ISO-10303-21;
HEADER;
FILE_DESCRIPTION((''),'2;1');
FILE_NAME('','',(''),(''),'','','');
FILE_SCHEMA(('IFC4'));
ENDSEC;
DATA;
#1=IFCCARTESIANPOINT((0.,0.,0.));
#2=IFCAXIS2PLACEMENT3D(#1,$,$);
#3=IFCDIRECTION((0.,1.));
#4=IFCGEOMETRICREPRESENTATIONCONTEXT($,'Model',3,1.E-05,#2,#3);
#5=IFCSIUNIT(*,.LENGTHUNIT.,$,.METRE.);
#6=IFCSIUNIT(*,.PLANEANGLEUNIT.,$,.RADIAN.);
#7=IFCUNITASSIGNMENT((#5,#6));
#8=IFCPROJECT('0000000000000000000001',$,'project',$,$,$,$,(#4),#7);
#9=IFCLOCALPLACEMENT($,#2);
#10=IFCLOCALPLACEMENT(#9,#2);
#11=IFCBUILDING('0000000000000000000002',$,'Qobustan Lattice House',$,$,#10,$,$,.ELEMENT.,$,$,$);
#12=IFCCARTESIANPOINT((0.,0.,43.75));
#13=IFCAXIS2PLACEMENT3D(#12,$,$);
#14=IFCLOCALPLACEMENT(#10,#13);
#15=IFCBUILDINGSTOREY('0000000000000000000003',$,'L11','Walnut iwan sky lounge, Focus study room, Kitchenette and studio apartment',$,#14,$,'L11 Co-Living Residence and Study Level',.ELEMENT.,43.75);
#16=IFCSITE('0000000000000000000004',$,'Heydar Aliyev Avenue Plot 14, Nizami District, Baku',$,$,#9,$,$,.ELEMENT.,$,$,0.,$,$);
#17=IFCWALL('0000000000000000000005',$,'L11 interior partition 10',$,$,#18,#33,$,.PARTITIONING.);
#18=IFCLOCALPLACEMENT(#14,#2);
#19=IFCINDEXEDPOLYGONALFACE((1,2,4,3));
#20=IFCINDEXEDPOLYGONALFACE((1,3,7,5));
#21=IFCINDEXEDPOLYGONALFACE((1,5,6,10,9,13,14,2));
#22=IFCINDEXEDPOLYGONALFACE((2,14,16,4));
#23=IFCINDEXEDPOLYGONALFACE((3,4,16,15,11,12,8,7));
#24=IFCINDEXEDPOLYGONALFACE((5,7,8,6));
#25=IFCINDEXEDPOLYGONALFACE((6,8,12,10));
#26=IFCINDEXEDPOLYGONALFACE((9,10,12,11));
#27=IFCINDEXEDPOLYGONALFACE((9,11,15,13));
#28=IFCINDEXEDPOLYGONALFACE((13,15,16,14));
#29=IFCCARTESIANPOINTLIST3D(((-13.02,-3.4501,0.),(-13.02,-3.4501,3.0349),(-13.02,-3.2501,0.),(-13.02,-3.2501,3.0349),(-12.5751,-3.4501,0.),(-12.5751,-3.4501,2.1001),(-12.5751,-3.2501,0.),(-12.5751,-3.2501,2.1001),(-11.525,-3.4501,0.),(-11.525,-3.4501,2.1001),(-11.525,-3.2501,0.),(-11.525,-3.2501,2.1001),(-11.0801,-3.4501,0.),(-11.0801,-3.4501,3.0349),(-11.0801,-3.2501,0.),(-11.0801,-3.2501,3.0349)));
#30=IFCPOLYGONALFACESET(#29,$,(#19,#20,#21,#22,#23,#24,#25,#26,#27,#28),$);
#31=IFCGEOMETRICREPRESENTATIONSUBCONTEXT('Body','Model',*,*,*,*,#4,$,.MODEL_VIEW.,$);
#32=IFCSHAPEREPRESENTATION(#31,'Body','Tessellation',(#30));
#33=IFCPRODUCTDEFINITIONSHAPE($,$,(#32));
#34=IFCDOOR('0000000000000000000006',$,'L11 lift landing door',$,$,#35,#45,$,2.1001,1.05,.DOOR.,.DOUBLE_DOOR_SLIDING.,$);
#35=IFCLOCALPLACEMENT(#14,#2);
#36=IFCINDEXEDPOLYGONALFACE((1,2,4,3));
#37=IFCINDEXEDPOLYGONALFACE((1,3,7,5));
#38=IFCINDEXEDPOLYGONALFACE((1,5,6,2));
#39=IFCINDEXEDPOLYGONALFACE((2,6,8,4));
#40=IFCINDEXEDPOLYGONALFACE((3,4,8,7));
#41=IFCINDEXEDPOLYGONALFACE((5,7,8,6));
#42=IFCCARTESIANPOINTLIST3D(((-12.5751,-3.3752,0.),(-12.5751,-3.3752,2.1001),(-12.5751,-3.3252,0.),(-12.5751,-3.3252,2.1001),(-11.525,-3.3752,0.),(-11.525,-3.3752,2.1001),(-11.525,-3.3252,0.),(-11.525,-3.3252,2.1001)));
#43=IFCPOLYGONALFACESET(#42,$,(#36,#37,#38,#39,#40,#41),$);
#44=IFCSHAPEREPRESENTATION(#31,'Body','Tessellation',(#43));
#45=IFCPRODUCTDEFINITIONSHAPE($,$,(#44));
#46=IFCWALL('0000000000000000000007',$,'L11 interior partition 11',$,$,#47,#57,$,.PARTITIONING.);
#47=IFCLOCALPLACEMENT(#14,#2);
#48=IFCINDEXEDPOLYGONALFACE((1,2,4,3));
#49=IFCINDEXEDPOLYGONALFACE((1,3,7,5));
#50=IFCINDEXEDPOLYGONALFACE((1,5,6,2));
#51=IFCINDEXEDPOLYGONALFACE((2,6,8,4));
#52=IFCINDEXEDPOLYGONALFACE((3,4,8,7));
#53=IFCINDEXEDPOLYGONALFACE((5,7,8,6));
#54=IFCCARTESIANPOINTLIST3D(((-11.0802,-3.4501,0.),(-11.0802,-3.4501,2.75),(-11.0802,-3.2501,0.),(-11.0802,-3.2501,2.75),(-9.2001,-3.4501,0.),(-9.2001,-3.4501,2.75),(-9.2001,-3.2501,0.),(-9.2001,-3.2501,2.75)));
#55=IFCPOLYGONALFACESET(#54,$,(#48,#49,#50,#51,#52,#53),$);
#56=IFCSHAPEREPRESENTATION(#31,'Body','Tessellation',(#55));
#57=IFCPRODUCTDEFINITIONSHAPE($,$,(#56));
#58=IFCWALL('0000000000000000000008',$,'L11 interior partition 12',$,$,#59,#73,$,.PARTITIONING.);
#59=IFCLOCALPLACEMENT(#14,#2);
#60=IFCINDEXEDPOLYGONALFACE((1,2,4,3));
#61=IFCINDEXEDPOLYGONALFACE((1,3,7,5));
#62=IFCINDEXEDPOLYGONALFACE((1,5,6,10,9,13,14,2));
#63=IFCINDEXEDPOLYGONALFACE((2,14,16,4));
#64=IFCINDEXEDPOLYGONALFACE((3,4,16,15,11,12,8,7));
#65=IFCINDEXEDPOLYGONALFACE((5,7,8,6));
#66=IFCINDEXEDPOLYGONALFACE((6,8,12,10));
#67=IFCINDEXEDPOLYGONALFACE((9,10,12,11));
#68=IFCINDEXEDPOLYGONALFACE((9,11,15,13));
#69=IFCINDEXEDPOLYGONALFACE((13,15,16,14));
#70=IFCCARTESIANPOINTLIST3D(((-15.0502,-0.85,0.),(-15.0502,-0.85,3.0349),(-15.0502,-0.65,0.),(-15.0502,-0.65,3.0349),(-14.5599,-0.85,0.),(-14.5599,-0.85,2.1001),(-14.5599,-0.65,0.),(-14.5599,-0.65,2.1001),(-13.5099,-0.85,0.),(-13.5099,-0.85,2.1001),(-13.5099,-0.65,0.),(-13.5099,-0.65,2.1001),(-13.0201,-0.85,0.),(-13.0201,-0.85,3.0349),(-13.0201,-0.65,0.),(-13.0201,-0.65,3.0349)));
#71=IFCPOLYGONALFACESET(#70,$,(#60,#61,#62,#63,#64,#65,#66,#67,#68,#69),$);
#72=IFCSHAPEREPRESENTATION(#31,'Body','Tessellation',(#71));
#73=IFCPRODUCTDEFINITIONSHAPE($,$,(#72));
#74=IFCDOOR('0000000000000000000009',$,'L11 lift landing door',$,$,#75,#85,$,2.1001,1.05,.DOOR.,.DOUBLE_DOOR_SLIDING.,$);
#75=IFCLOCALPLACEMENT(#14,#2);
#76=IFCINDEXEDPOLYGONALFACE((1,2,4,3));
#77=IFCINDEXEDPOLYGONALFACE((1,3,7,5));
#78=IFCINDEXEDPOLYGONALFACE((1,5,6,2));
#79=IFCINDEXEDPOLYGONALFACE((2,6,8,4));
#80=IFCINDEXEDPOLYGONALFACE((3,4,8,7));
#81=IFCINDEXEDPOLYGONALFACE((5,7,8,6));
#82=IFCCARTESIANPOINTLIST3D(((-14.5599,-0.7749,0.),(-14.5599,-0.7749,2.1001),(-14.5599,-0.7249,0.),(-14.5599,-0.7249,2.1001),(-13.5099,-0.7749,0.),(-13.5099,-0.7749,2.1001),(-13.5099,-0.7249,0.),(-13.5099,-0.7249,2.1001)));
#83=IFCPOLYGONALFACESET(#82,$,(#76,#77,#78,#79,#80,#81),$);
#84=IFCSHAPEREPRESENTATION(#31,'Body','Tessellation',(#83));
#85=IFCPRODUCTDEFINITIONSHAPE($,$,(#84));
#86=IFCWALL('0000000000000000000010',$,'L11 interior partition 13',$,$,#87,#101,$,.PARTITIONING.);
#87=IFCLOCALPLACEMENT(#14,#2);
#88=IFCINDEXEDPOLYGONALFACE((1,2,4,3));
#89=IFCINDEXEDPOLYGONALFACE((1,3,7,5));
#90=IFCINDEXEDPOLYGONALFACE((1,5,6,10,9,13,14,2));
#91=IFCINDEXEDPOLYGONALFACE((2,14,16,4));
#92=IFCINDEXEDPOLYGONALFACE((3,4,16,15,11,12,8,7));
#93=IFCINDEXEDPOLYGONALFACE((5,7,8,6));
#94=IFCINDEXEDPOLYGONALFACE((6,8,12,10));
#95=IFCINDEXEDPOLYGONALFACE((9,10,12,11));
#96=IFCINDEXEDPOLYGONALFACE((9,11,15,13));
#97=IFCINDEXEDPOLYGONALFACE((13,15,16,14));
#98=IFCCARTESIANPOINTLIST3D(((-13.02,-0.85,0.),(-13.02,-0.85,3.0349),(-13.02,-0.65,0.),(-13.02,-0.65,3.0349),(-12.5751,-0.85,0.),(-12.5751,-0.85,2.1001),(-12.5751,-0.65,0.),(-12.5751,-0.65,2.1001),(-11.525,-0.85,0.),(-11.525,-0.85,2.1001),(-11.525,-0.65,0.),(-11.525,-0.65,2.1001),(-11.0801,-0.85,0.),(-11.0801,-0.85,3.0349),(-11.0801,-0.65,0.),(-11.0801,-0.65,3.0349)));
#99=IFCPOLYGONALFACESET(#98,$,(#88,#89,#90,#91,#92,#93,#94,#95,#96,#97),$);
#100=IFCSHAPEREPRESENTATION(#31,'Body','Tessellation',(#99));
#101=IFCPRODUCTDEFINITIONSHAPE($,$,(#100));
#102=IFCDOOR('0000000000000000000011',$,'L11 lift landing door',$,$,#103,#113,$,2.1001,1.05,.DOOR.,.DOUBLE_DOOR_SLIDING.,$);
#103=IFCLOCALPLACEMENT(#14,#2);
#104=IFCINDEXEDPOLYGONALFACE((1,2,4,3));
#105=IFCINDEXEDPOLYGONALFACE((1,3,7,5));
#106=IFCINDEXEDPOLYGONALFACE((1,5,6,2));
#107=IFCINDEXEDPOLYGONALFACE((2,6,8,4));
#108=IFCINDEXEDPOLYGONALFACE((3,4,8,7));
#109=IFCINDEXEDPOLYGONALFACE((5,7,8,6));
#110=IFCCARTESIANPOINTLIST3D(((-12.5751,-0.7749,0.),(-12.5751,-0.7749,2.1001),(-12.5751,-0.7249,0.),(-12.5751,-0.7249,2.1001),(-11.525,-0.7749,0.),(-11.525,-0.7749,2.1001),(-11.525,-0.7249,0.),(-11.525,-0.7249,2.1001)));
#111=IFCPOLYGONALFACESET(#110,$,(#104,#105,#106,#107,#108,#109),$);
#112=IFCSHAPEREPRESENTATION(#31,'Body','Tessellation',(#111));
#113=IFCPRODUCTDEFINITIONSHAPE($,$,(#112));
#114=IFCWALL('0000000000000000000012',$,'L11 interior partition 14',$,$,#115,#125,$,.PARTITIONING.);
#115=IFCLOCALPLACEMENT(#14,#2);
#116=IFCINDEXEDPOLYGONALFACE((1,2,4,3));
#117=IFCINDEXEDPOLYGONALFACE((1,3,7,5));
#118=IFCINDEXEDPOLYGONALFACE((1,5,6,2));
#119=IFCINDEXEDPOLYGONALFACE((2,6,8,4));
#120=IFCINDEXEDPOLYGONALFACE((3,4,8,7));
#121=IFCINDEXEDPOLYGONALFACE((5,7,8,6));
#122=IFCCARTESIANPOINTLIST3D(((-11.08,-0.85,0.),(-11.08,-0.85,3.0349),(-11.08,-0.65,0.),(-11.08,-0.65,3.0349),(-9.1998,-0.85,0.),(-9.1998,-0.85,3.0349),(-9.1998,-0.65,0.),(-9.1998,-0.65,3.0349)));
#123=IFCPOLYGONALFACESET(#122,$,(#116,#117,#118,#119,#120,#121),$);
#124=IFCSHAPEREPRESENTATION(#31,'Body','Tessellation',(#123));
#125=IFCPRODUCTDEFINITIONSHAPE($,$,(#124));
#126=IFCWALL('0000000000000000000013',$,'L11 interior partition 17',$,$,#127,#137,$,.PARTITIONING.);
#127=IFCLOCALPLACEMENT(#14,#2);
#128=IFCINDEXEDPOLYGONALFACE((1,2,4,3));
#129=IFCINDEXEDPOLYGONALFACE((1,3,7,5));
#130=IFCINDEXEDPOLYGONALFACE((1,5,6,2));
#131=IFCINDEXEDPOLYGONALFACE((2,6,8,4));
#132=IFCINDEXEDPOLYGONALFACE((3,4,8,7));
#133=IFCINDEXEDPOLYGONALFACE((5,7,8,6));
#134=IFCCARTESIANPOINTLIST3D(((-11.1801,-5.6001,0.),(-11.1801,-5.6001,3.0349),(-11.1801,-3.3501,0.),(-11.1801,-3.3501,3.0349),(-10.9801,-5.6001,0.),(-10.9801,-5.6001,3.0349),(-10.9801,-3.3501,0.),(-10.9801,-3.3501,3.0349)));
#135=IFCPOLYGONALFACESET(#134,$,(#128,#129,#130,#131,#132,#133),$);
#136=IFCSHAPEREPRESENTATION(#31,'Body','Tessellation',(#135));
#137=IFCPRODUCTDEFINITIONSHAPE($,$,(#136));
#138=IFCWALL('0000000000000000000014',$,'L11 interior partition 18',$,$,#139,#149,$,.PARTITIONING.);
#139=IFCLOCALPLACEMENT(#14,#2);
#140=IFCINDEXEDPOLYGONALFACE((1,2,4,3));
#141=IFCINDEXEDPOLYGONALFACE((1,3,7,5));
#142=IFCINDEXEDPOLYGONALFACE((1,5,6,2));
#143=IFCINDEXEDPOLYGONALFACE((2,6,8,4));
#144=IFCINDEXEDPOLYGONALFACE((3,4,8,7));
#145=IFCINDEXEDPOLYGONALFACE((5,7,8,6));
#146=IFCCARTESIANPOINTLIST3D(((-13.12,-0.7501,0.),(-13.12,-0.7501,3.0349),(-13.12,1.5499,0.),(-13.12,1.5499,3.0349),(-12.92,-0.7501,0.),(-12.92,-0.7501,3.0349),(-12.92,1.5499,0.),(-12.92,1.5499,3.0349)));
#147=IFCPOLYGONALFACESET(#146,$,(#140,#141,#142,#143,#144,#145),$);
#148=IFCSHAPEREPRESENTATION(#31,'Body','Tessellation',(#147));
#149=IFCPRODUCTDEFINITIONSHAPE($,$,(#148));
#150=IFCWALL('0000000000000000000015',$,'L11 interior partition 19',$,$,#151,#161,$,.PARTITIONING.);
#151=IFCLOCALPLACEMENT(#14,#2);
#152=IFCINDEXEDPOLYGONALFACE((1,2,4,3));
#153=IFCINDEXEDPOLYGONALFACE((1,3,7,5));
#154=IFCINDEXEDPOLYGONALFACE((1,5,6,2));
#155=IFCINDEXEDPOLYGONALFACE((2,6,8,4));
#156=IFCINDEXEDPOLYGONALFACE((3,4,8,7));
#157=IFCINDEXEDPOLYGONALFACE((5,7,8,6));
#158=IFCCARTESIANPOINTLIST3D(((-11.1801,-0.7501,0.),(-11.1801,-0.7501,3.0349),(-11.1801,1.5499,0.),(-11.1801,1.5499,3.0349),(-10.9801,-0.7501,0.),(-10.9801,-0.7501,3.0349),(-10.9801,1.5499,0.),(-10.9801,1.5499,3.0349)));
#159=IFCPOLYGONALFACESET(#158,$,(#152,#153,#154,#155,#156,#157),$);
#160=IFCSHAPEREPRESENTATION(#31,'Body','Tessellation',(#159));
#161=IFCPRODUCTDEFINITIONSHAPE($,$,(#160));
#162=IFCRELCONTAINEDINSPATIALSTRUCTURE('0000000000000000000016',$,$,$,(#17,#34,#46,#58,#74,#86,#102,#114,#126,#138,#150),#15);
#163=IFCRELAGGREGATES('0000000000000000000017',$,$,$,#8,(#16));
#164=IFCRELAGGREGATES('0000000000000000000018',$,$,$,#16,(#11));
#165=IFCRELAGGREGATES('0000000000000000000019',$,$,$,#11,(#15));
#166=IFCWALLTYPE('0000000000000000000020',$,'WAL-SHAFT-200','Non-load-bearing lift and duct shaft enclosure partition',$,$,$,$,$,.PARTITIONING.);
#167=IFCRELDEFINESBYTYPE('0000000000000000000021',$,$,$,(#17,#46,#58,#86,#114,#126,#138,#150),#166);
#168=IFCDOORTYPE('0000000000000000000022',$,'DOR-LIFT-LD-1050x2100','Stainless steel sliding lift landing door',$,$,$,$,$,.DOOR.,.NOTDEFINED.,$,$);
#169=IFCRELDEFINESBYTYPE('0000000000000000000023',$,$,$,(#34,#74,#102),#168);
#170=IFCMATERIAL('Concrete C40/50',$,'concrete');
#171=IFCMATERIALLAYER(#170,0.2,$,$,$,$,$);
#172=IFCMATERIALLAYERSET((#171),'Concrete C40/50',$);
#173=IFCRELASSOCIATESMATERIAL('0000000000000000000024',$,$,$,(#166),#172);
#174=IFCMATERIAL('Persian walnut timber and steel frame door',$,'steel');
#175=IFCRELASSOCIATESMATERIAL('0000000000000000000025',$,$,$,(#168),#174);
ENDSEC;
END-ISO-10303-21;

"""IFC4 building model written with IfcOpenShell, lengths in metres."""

from ifc_helpers import new_model, si_unit, direction, frame, frame_2d, origin, place, context, subcontext, project, spatial, rectangle, extrude, material, layer, layer_set, type_object, element, fill, save


model = new_model("IFC4")

# Units and contexts
model_context = context("Model", 3, precision=1e-05, world=origin(), true_north=direction((0.0, 1.0)))
body_context = subcontext(model_context, "Body", "Model", "MODEL_VIEW")
ifc_project = project(units=[si_unit("LENGTHUNIT", "METRE"), si_unit("PLANEANGLEUNIT", "RADIAN")], contexts=[model_context])

# Site, building, storey
site_placement = place(None, origin())
site = spatial("IfcSite", under=ifc_project, at=site_placement, Name="Heydar Aliyev Avenue Plot 14, Nizami District, Baku", CompositionType="ELEMENT", RefElevation=0.0)
building_placement = place(site_placement, origin())
building = spatial("IfcBuilding", under=site, at=building_placement, Name="Qobustan Lattice House", CompositionType="ELEMENT")
storey_placement = place(building_placement, frame((0.0, 0.0, 43.75)))
storey = spatial("IfcBuildingStorey", under=building, at=storey_placement, Name="L11", Description="Walnut iwan sky lounge, Focus study room, Kitchenette and studio apartment", LongName="L11 Co-Living Residence and Study Level", CompositionType="ELEMENT", Elevation=43.75)

# Wall, opening, door
ifc_material_1 = material(Name="Concrete C40/50", Category="concrete")
ifc_layer_1 = layer(ifc_material_1, 0.2)
ifc_layer_set_1 = layer_set([ifc_layer_1], Name="Concrete C40/50")
wall_type_1 = type_object("IfcWallType", Name="WAL-SHAFT-200", Description="Non-load-bearing lift and duct shaft enclosure partition", PredefinedType="PARTITIONING", material=ifc_layer_set_1)
ifc_material_2 = material(Name="Persian walnut timber and steel frame door", Category="steel")
door_type_1 = type_object("IfcDoorType", Name="DOR-LIFT-LD-1050x2100", Description="Stainless steel sliding lift landing door", OperationType="NOTDEFINED", PredefinedType="DOOR", material=ifc_material_2)
wall_1_placement = place(storey_placement, frame((-13.02, -3.3501, 0.0), z_axis=(0.0, 0.0, 1.0), x_axis=(1.0, 0.0, 0.0)))
wall_1 = element("IfcWall", 1, at=wall_1_placement, inside=storey, type_object=wall_type_1, Name="L11 interior partition 10", PredefinedType="PARTITIONING", context=body_context, shape_type="SweptSolid", body=[
    extrude(rectangle(XDim=1.9399, YDim=0.2, at=frame_2d((0.97, 0.0))), origin(), (0.0, 0.0, 1.0), 3.0349),
])
opening_1_placement = place(wall_1_placement, frame((0.4451, 0.0, 0.0)))
opening_1 = element("IfcOpeningElement", 2, at=opening_1_placement, cuts=wall_1, PredefinedType="OPENING", context=body_context, shape_type="SweptSolid", body=[
    extrude(rectangle(XDim=1.05, YDim=2.1001, at=frame_2d((0.5249, 1.05))), frame((0.0, 0.1099, 0.0), z_axis=(0.0, -1.0, 0.0), x_axis=(1.0, 0.0, 0.0)), (0.0, 0.0, 1.0), 0.22),
])
door_1_placement = place(opening_1_placement, origin())
door_1 = element("IfcDoor", 3, at=door_1_placement, inside=storey, type_object=door_type_1, Name="L11 lift landing door", OperationType="DOUBLE_DOOR_SLIDING", OverallHeight=2.1001, OverallWidth=1.05, PredefinedType="DOOR", context=body_context, shape_type="SweptSolid", body=[
    extrude(rectangle(XDim=1.05, YDim=2.1001, at=frame_2d((0.5249, 1.05))), frame((0.0, 0.0249, 0.0), z_axis=(0.0, -1.0, 0.0), x_axis=(1.0, 0.0, 0.0)), (0.0, 0.0, 1.0), 0.05),
])
fill(opening_1, door_1)

# Wall
wall_2_placement = place(storey_placement, frame((-11.0801, -3.3501, 0.0), z_axis=(0.0, 0.0, 1.0), x_axis=(1.0, 0.0, 0.0)))
element("IfcWall", 4, at=wall_2_placement, inside=storey, type_object=wall_type_1, Name="L11 interior partition 11", PredefinedType="PARTITIONING", context=body_context, shape_type="SweptSolid", body=[
    extrude(rectangle(XDim=1.8801, YDim=0.2, at=frame_2d((0.9399, 0.0))), origin(), (0.0, 0.0, 1.0), 2.75),
])

# Walls, openings, doors
wall_3_placement = place(storey_placement, frame((-13.02, -0.75, 0.0), z_axis=(0.0, 0.0, 1.0), x_axis=(-1.0, 0.0, 0.0)))
wall_3 = element("IfcWall", 5, at=wall_3_placement, inside=storey, type_object=wall_type_1, Name="L11 interior partition 12", PredefinedType="PARTITIONING", context=body_context, shape_type="SweptSolid", body=[
    extrude(rectangle(XDim=2.03, YDim=0.2, at=frame_2d((1.0151, 0.0))), origin(), (0.0, 0.0, 1.0), 3.0349),
])
opening_2_placement = place(wall_3_placement, frame((0.49, 0.0, 0.0)))
opening_2 = element("IfcOpeningElement", 6, at=opening_2_placement, cuts=wall_3, PredefinedType="OPENING", context=body_context, shape_type="SweptSolid", body=[
    extrude(rectangle(XDim=1.05, YDim=2.1001, at=frame_2d((0.5249, 1.05))), frame((0.0, 0.1099, 0.0), z_axis=(0.0, -1.0, 0.0), x_axis=(1.0, 0.0, 0.0)), (0.0, 0.0, 1.0), 0.22),
])
door_2_placement = place(opening_2_placement, origin())
door_2 = element("IfcDoor", 7, at=door_2_placement, inside=storey, type_object=door_type_1, Name="L11 lift landing door", OperationType="DOUBLE_DOOR_SLIDING", OverallHeight=2.1001, OverallWidth=1.05, PredefinedType="DOOR", context=body_context, shape_type="SweptSolid", body=[
    extrude(rectangle(XDim=1.05, YDim=2.1001, at=frame_2d((0.5249, 1.05))), frame((0.0, 0.0249, 0.0), z_axis=(0.0, -1.0, 0.0), x_axis=(1.0, 0.0, 0.0)), (0.0, 0.0, 1.0), 0.05),
])
fill(opening_2, door_2)
wall_4_placement = place(storey_placement, frame((-11.0801, -0.75, 0.0), z_axis=(0.0, 0.0, 1.0), x_axis=(-1.0, 0.0, 0.0)))
wall_4 = element("IfcWall", 8, at=wall_4_placement, inside=storey, type_object=wall_type_1, Name="L11 interior partition 13", PredefinedType="PARTITIONING", context=body_context, shape_type="SweptSolid", body=[
    extrude(rectangle(XDim=1.9399, YDim=0.2, at=frame_2d((0.97, 0.0))), origin(), (0.0, 0.0, 1.0), 3.0349),
])
opening_3_placement = place(wall_4_placement, frame((0.4451, 0.0, 0.0)))
opening_3 = element("IfcOpeningElement", 9, at=opening_3_placement, cuts=wall_4, PredefinedType="OPENING", context=body_context, shape_type="SweptSolid", body=[
    extrude(rectangle(XDim=1.05, YDim=2.1001, at=frame_2d((0.5249, 1.05))), frame((0.0, 0.1099, 0.0), z_axis=(0.0, -1.0, 0.0), x_axis=(1.0, 0.0, 0.0)), (0.0, 0.0, 1.0), 0.22),
])
door_3_placement = place(opening_3_placement, origin())
door_3 = element("IfcDoor", 10, at=door_3_placement, inside=storey, type_object=door_type_1, Name="L11 lift landing door", OperationType="DOUBLE_DOOR_SLIDING", OverallHeight=2.1001, OverallWidth=1.05, PredefinedType="DOOR", context=body_context, shape_type="SweptSolid", body=[
    extrude(rectangle(XDim=1.05, YDim=2.1001, at=frame_2d((0.5249, 1.05))), frame((0.0, 0.0249, 0.0), z_axis=(0.0, -1.0, 0.0), x_axis=(1.0, 0.0, 0.0)), (0.0, 0.0, 1.0), 0.05),
])
fill(opening_3, door_3)

# Walls
wall_5_placement = place(storey_placement, frame((-9.2, -0.75, 0.0), z_axis=(0.0, 0.0, 1.0), x_axis=(-1.0, 0.0, 0.0)))
element("IfcWall", 11, at=wall_5_placement, inside=storey, type_object=wall_type_1, Name="L11 interior partition 14", PredefinedType="PARTITIONING", context=body_context, shape_type="SweptSolid", body=[
    extrude(rectangle(XDim=1.8801, YDim=0.2, at=frame_2d((0.9399, 0.0))), origin(), (0.0, 0.0, 1.0), 3.0349),
])
wall_6_placement = place(storey_placement, frame((-11.0801, -5.6001, 0.0), z_axis=(0.0, 0.0, 1.0), x_axis=(0.0, 1.0, 0.0)))
element("IfcWall", 12, at=wall_6_placement, inside=storey, type_object=wall_type_1, Name="L11 interior partition 17", PredefinedType="PARTITIONING", context=body_context, shape_type="SweptSolid", body=[
    extrude(rectangle(XDim=2.25, YDim=0.2, at=frame_2d((1.125, 0.0))), origin(), (0.0, 0.0, 1.0), 3.0349),
])
for number, where, z_axis, x_axis, name in (
    (13, (-13.02, -0.75, 0.0), (0.0, 0.0, 1.0), (0.0, 1.0, 0.0), "L11 interior partition 18"),
    (14, (-11.0801, -0.75, 0.0), (0.0, 0.0, 1.0), (0.0, 1.0, 0.0), "L11 interior partition 19"),
):
    element("IfcWall", number, at=place(storey_placement, frame(where, z_axis=z_axis, x_axis=x_axis)), inside=storey, type_object=wall_type_1, Name=name, PredefinedType="PARTITIONING", context=body_context, shape_type="SweptSolid", body=[
        extrude(rectangle(XDim=2.3, YDim=0.2, at=frame_2d((1.1499, 0.0))), origin(), (0.0, 0.0, 1.0), 3.0349),
    ])

save(model, "model.ifc")
